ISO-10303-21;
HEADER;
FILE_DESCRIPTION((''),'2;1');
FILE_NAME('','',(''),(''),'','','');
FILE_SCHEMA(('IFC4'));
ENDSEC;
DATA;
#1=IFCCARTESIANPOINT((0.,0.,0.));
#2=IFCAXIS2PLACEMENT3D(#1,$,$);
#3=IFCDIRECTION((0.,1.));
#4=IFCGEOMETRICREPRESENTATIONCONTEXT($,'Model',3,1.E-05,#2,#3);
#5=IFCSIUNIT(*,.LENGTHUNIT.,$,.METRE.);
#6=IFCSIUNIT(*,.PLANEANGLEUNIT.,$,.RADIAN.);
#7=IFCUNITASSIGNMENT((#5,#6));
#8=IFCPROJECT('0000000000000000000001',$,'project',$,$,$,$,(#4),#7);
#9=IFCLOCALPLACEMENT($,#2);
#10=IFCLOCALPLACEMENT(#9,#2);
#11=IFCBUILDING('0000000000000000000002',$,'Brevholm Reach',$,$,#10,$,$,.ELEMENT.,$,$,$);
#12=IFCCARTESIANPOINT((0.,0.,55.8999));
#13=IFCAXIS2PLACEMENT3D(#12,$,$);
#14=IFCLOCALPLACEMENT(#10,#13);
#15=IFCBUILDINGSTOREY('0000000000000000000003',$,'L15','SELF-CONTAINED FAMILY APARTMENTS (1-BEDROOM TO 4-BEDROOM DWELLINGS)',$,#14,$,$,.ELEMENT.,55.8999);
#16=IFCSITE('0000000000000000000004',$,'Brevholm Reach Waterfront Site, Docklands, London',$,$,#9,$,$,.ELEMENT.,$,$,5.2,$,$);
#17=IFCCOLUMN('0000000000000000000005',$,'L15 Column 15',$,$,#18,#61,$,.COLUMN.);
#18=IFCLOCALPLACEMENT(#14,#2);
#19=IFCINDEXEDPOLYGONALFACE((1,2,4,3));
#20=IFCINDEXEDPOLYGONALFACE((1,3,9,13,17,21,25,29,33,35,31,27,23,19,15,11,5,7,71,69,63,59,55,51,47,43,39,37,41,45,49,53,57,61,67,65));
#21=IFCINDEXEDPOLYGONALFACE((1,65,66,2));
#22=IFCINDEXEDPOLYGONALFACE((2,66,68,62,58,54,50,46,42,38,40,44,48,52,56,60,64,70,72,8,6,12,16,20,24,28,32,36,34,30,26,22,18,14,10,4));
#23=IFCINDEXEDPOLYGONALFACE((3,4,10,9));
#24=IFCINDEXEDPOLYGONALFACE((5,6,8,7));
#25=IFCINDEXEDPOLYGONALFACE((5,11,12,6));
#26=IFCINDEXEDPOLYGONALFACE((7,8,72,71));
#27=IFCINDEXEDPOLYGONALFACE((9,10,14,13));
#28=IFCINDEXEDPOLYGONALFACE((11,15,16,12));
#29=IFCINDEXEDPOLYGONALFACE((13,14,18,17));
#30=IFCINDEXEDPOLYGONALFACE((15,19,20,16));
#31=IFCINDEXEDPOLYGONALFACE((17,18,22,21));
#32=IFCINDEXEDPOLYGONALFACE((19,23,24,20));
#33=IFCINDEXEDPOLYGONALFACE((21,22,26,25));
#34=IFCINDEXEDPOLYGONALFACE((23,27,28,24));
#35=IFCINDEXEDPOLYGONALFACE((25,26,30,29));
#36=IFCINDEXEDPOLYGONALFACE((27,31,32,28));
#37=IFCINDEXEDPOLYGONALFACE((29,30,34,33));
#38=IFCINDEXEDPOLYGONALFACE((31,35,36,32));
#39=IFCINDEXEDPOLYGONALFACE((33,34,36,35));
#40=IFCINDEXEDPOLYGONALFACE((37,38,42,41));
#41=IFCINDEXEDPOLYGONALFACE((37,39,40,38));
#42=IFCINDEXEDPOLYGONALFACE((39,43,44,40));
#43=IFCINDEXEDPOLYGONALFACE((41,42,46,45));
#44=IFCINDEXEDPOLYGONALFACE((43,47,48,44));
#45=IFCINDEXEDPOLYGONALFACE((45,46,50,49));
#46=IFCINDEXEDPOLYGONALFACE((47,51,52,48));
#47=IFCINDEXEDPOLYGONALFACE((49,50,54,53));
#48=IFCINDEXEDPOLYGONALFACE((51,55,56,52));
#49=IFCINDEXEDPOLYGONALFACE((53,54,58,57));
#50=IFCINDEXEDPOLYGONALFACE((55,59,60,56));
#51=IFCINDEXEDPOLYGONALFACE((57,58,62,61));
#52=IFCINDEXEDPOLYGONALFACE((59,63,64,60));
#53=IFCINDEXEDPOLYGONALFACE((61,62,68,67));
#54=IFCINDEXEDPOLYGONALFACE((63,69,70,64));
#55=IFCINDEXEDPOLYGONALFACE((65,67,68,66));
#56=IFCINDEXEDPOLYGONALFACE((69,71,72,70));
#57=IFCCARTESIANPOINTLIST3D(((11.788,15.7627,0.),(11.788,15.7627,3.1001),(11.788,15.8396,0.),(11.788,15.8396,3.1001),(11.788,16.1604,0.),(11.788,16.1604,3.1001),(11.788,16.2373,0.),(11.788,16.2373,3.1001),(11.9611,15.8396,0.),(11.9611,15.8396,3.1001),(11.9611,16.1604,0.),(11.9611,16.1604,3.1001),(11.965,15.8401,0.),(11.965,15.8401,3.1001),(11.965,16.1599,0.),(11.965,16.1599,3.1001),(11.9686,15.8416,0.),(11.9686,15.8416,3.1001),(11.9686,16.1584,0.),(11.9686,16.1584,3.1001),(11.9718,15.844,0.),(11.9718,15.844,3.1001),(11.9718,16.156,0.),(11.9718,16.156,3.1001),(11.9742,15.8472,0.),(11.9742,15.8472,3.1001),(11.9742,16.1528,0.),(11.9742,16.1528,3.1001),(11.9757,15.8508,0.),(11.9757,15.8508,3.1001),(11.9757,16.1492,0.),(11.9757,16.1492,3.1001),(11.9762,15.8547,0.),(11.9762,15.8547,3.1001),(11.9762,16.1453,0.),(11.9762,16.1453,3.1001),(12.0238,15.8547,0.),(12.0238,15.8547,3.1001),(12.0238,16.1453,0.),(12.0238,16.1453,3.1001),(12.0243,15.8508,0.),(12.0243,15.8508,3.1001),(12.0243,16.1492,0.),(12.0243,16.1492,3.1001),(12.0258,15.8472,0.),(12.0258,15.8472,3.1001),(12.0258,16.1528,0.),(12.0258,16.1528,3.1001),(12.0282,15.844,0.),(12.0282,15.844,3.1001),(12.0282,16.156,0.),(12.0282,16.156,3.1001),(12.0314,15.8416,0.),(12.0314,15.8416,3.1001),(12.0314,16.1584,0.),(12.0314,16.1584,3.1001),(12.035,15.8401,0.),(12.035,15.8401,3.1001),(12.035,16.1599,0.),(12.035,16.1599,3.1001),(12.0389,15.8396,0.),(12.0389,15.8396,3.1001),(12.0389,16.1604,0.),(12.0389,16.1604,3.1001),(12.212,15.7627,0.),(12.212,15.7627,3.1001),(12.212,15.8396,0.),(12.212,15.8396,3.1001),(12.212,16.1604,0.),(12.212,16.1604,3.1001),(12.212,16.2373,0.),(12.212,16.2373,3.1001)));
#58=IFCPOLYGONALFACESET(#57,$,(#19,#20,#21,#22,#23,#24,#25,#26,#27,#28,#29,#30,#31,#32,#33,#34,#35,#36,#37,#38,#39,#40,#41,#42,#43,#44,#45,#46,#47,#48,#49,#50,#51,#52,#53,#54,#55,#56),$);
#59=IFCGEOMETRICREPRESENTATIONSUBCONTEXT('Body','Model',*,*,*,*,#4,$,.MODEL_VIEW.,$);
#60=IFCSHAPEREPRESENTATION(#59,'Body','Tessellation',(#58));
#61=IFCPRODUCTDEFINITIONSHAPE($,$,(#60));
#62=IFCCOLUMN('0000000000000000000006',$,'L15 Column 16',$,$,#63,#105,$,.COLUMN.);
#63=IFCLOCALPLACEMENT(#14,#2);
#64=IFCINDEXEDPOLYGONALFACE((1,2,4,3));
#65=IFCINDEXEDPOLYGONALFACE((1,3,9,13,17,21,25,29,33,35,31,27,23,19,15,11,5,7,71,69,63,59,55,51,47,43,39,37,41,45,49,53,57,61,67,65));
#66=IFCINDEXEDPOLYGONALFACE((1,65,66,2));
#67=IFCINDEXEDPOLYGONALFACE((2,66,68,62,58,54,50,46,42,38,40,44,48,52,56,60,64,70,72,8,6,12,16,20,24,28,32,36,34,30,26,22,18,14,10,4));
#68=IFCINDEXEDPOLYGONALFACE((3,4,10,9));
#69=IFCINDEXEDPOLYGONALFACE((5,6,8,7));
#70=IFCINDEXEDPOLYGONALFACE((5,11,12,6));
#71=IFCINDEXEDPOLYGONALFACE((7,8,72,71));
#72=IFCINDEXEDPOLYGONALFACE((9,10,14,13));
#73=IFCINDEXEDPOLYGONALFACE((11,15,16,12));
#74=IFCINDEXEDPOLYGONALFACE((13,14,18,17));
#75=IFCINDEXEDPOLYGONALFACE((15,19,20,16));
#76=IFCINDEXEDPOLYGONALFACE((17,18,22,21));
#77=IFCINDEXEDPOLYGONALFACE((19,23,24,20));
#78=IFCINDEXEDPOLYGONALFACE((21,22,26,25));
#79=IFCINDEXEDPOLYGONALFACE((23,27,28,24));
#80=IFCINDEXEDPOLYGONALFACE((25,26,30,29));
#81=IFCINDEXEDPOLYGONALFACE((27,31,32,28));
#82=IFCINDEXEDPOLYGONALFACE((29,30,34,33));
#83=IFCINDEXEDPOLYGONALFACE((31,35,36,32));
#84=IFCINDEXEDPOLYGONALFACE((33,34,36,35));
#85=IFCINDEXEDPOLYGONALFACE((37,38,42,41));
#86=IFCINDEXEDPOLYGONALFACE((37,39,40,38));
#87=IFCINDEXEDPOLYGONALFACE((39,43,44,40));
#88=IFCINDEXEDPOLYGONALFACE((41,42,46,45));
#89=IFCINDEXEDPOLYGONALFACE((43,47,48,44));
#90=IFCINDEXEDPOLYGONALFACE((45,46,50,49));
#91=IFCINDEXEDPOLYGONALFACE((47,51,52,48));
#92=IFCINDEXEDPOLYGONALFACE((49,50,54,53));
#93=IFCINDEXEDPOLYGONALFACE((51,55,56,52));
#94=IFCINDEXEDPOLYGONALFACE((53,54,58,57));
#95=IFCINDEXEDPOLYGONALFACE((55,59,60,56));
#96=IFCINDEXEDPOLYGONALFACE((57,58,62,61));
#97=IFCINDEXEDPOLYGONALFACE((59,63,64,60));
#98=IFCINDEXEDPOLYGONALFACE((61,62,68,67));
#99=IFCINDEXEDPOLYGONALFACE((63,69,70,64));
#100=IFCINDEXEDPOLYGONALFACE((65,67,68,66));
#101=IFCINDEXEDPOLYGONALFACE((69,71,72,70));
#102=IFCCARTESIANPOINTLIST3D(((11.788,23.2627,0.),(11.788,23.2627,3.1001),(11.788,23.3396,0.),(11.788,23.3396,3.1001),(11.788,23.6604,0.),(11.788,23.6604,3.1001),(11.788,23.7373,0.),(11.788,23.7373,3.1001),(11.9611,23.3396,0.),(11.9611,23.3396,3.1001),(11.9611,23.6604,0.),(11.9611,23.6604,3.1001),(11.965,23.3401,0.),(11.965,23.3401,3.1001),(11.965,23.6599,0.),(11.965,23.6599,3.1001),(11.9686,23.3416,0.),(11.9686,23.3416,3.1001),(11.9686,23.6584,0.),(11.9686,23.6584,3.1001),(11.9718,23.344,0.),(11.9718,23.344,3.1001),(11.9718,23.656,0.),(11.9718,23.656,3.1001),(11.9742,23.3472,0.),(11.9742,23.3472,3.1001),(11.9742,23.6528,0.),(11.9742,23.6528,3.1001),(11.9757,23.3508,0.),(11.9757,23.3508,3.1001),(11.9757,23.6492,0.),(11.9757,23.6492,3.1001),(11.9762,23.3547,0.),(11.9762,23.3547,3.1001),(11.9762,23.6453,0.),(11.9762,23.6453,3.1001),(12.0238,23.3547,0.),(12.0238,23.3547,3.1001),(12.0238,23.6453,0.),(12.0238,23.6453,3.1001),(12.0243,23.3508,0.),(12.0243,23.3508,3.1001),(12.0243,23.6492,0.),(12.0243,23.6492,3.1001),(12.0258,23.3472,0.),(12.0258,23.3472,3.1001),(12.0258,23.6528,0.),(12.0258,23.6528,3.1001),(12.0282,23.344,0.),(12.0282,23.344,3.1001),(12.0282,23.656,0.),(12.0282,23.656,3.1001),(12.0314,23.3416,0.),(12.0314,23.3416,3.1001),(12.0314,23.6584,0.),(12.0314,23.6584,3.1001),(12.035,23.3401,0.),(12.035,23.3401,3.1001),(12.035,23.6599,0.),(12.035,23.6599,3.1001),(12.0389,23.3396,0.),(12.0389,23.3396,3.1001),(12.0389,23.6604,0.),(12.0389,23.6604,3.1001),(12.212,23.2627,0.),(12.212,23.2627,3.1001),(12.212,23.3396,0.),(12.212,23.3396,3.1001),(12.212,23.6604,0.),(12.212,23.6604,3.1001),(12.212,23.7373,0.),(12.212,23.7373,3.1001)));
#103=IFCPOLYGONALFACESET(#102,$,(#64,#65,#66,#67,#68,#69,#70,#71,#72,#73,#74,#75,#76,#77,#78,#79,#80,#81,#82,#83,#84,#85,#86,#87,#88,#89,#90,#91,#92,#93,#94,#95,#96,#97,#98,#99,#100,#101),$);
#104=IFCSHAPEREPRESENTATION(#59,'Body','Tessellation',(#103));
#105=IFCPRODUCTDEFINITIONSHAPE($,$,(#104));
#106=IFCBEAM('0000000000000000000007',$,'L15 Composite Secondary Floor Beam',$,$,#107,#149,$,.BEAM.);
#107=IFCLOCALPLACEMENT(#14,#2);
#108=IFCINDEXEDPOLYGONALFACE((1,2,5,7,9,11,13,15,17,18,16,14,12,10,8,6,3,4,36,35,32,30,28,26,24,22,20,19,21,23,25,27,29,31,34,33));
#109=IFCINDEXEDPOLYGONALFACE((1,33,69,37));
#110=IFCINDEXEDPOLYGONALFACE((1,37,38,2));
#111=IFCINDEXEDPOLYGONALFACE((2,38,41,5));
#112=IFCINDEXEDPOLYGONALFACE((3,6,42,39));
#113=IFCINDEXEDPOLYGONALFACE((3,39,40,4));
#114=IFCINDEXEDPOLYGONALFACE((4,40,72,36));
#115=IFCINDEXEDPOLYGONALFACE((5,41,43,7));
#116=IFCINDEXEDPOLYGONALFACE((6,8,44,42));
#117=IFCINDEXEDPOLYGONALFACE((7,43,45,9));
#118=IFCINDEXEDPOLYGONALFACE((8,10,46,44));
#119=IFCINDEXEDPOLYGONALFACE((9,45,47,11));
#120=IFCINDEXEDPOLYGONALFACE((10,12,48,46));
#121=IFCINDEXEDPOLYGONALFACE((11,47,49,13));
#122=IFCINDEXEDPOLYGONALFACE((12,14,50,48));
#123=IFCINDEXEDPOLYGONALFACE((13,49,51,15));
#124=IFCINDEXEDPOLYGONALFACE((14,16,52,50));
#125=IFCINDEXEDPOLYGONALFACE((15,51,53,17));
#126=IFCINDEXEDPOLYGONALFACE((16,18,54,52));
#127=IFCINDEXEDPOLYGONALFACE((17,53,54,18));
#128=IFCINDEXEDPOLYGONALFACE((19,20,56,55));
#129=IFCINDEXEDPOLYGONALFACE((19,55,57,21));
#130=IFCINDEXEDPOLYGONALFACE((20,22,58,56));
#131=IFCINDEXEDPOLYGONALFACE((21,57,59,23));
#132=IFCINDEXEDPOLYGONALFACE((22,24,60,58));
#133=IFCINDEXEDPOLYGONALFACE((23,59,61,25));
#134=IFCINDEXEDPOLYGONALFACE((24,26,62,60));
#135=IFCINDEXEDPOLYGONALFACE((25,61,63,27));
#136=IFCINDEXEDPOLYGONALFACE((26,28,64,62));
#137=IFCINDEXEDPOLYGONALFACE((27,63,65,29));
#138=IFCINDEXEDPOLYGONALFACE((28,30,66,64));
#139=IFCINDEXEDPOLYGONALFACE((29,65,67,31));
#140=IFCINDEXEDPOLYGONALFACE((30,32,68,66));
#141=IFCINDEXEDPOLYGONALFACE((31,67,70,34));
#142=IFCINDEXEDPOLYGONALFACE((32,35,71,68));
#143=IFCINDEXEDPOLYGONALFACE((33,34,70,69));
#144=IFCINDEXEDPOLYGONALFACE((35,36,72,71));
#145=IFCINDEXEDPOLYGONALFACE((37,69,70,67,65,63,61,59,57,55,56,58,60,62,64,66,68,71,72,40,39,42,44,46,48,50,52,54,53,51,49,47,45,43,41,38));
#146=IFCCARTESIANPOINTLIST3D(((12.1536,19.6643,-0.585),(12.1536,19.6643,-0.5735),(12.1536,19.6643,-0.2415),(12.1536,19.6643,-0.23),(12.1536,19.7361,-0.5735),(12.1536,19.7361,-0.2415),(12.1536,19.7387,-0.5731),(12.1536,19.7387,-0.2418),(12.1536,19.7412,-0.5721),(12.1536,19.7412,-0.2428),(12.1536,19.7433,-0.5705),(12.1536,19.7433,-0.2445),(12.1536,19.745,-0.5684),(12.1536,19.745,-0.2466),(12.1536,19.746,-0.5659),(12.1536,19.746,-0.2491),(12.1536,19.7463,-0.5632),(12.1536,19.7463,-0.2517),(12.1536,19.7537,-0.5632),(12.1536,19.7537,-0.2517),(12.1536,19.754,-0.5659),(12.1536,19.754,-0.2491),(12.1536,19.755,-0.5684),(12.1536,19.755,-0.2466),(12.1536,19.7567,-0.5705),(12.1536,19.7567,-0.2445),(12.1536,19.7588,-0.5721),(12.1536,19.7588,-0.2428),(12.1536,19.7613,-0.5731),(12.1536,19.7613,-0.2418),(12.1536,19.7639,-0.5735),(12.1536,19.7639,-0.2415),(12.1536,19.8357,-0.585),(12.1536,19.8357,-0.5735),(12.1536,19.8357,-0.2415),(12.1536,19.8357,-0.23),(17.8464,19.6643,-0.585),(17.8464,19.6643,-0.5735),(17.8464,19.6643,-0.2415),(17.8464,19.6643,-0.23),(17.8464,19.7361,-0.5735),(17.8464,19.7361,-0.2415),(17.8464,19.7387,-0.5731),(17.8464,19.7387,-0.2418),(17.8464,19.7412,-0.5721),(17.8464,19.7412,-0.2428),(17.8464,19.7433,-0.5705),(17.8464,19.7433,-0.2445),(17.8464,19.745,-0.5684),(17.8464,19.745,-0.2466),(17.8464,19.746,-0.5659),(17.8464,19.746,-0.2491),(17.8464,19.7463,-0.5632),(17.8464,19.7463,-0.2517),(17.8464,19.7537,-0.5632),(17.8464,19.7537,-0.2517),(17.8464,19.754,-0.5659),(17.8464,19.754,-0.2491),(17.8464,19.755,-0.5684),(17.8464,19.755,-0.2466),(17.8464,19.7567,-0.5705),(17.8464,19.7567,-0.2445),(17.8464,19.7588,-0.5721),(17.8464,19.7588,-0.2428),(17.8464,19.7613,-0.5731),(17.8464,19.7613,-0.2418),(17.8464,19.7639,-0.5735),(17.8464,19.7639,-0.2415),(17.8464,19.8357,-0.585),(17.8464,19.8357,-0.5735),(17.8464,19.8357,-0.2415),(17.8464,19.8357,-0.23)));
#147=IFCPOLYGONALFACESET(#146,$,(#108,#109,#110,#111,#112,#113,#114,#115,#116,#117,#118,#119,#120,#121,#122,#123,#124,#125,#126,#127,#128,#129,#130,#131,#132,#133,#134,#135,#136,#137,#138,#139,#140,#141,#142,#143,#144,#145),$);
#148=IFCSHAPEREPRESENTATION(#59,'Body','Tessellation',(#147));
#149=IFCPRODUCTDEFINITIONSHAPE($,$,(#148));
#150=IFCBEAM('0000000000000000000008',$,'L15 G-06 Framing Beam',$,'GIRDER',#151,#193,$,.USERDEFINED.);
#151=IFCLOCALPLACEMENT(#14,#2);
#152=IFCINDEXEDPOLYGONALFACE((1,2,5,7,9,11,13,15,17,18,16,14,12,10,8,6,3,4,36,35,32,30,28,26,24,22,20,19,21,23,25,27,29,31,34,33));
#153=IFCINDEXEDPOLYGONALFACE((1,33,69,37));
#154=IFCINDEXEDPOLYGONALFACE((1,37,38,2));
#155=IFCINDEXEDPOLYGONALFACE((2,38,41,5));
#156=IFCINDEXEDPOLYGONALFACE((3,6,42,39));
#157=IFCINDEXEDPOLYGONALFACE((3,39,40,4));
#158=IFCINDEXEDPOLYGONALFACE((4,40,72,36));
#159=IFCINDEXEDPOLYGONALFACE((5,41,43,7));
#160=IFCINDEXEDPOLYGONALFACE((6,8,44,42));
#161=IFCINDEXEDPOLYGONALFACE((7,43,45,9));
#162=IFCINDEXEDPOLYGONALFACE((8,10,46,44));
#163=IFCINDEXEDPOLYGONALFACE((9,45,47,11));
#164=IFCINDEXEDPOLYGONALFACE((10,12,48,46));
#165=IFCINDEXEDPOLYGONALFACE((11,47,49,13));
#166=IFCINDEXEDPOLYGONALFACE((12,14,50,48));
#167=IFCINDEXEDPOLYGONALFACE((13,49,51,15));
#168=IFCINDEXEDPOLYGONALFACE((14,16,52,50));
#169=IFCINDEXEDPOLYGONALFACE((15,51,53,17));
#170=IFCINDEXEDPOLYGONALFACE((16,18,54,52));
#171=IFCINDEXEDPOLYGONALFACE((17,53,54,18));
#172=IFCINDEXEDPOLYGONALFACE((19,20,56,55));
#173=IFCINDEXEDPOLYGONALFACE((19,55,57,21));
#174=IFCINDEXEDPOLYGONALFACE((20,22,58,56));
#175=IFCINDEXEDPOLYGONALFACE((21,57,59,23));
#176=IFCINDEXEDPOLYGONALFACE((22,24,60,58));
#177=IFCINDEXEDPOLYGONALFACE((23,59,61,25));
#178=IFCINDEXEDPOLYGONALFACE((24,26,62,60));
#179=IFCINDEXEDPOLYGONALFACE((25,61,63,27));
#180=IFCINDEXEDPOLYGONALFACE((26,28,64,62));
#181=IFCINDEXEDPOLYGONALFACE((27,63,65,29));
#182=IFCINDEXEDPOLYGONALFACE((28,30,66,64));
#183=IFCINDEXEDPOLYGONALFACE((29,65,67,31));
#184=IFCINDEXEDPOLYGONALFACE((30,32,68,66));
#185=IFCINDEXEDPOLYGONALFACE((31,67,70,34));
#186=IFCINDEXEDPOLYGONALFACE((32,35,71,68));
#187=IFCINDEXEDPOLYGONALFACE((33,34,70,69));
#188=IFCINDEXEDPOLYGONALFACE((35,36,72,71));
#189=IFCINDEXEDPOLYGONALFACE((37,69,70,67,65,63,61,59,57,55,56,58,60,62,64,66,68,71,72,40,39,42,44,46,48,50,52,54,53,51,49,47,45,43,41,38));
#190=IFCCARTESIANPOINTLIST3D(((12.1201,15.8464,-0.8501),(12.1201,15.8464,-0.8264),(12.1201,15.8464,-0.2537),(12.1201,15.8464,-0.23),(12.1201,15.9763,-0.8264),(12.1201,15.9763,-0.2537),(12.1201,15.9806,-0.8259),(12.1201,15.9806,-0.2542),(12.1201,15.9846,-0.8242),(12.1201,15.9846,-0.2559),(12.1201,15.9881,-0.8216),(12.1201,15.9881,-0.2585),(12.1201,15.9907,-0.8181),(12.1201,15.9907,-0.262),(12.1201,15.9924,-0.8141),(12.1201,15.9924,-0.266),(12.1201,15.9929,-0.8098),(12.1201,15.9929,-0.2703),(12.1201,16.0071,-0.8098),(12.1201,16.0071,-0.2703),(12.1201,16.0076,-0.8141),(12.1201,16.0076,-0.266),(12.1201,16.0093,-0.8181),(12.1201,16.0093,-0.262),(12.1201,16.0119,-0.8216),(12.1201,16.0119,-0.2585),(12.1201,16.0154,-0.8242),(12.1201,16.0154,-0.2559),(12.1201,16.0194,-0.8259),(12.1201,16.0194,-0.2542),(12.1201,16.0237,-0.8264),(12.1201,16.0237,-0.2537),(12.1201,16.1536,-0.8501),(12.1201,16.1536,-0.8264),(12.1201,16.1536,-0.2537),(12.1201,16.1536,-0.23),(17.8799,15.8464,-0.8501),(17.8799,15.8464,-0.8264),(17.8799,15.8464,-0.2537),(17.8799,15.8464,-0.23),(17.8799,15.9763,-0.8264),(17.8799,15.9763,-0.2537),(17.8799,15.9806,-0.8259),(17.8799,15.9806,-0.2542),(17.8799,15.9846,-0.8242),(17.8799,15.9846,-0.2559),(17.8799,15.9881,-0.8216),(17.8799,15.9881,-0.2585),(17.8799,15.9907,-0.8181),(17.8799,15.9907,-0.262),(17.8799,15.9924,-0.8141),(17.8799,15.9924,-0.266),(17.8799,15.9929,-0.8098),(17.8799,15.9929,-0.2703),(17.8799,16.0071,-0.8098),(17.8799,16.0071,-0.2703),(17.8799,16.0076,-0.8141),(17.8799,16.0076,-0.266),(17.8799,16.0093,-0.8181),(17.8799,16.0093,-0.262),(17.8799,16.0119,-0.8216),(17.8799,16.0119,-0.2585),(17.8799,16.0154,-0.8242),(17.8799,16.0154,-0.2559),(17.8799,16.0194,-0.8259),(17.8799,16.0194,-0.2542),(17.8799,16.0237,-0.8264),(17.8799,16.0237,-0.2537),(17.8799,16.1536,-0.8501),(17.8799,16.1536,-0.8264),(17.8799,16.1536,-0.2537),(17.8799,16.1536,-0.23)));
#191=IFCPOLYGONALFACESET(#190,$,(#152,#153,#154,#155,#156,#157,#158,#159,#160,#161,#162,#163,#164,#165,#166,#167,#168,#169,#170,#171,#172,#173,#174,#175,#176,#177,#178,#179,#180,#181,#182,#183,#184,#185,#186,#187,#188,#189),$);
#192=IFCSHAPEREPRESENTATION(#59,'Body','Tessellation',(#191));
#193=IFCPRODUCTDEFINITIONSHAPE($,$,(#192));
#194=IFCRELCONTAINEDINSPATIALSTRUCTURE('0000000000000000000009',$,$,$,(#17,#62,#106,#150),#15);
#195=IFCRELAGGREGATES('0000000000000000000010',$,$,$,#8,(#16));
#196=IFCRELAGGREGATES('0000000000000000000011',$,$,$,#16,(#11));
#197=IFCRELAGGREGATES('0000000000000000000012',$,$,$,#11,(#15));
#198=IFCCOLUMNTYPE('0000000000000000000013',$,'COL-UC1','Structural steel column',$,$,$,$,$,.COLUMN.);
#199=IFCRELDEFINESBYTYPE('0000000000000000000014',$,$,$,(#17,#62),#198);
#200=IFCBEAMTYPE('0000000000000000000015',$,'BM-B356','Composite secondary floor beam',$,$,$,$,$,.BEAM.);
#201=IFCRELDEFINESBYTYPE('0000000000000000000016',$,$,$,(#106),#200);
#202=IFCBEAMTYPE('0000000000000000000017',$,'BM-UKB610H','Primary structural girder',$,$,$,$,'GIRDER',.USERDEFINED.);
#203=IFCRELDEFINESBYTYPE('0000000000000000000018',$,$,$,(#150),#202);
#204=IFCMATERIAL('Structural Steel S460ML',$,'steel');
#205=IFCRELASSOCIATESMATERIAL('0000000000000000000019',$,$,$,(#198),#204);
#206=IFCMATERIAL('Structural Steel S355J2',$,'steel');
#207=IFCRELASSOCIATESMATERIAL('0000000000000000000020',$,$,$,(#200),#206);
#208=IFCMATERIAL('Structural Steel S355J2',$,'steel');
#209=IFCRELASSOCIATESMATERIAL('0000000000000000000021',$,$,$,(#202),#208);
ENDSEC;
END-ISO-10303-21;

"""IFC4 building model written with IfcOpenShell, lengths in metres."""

from ifc_helpers import new_model, si_unit, direction, frame, origin, origin_2d, place, context, subcontext, project, spatial, i_section, extrude, material, material_profile, profile_set, type_object, element, save


model = new_model("IFC4")

# Units and contexts
model_context = context("Model", 3, precision=1e-05, world=origin(), true_north=direction((0.0, 1.0)))
body_context = subcontext(model_context, "Body", "Model", "MODEL_VIEW")
ifc_project = project(units=[si_unit("LENGTHUNIT", "METRE"), si_unit("PLANEANGLEUNIT", "RADIAN")], contexts=[model_context])

# Site, building, storey
site_placement = place(None, origin())
site = spatial("IfcSite", under=ifc_project, at=site_placement, Name="Brevholm Reach Waterfront Site, Docklands, London", CompositionType="ELEMENT", RefElevation=5.2)
building_placement = place(site_placement, origin())
building = spatial("IfcBuilding", under=site, at=building_placement, Name="Brevholm Reach", CompositionType="ELEMENT")
storey_placement = place(building_placement, frame((0.0, 0.0, 55.8999)))
storey = spatial("IfcBuildingStorey", under=building, at=storey_placement, Name="L15", Description="SELF-CONTAINED FAMILY APARTMENTS (1-BEDROOM TO 4-BEDROOM DWELLINGS)", CompositionType="ELEMENT", Elevation=55.8999)

# Columns
ifc_material_1 = material(Name="Structural Steel S460ML", Category="steel")
ifc_material_profile_1 = material_profile(ifc_material_1, i_section(OverallWidth=0.4241, OverallDepth=0.4746, WebThickness=0.0476, FlangeThickness=0.0769, FilletRadius=0.0151, at=origin_2d()), Name="UKC 356x406x634")
ifc_profile_set_1 = profile_set([ifc_material_profile_1], Name="Structural Steel S460ML")
column_type = type_object("IfcColumnType", Name="COL-UC1", Description="Structural steel column", PredefinedType="COLUMN", material=ifc_profile_set_1)
for number, where, z_axis, x_axis, name in (
    (1, (12.0, 16.0, 0.0), (0.0, 0.0, 1.0), (1.0, 0.0, 0.0), "L15 Column 15"),
    (2, (12.0, 23.5, 0.0), (0.0, 0.0, 1.0), (1.0, 0.0, 0.0), "L15 Column 16"),
):
    element("IfcColumn", number, at=place(storey_placement, frame(where, z_axis=z_axis, x_axis=x_axis)), inside=storey, type_object=column_type, Name=name, PredefinedType="COLUMN", context=body_context, shape_type="SweptSolid", body=[
        extrude(i_section(OverallWidth=0.4241, OverallDepth=0.4746, WebThickness=0.0476, FlangeThickness=0.0769, FilletRadius=0.0151, at=origin_2d()), origin(), (0.0, 0.0, 1.0), 3.1001),
    ])

# Beams
ifc_material_2 = material(Name="Structural Steel S355J2", Category="steel")
ifc_material_profile_2 = material_profile(ifc_material_2, i_section(OverallWidth=0.1714, OverallDepth=0.355, WebThickness=0.0073, FlangeThickness=0.0115, FilletRadius=0.0103, at=origin_2d()), Name="UKB 356x171x51")
ifc_profile_set_2 = profile_set([ifc_material_profile_2], Name="Structural Steel S355J2")
beam_type_1 = type_object("IfcBeamType", Name="BM-B356", Description="Composite secondary floor beam", PredefinedType="BEAM", material=ifc_profile_set_2)
beam_1_placement = place(storey_placement, frame((12.1536, 19.75, -0.4075), z_axis=(1.0, 0.0, 0.0), x_axis=(0.0, 1.0, 0.0)))
element("IfcBeam", 3, at=beam_1_placement, inside=storey, type_object=beam_type_1, Name="L15 Composite Secondary Floor Beam", PredefinedType="BEAM", context=body_context, shape_type="SweptSolid", body=[
    extrude(i_section(OverallWidth=0.1714, OverallDepth=0.355, WebThickness=0.0073, FlangeThickness=0.0115, FilletRadius=0.0103, at=origin_2d()), origin(), (0.0, 0.0, 1.0), 5.6929),
])
ifc_material_3 = material(Name="Structural Steel S355J2", Category="steel")
ifc_material_profile_3 = material_profile(ifc_material_3, i_section(OverallWidth=0.3071, OverallDepth=0.6201, WebThickness=0.0142, FlangeThickness=0.0237, FilletRadius=0.0166, at=origin_2d()), Name="UKB 610x305x179")
ifc_profile_set_3 = profile_set([ifc_material_profile_3], Name="Structural Steel S355J2")
beam_type_2 = type_object("IfcBeamType", Name="BM-UKB610H", Description="Primary structural girder", ElementType="GIRDER", PredefinedType="USERDEFINED", material=ifc_profile_set_3)
for number, where, z_axis, x_axis, name in (
    (4, (12.1201, 16.0, -0.54), (1.0, 0.0, 0.0), (0.0, 1.0, 0.0), "L15 G-06 Framing Beam"),
):
    element("IfcBeam", number, at=place(storey_placement, frame(where, z_axis=z_axis, x_axis=x_axis)), inside=storey, type_object=beam_type_2, Name=name, ObjectType="GIRDER", PredefinedType="USERDEFINED", context=body_context, shape_type="SweptSolid", body=[
        extrude(i_section(OverallWidth=0.3071, OverallDepth=0.6201, WebThickness=0.0142, FlangeThickness=0.0237, FilletRadius=0.0166, at=origin_2d()), origin(), (0.0, 0.0, 1.0), 5.7598),
    ])

save(model, "model.ifc")
